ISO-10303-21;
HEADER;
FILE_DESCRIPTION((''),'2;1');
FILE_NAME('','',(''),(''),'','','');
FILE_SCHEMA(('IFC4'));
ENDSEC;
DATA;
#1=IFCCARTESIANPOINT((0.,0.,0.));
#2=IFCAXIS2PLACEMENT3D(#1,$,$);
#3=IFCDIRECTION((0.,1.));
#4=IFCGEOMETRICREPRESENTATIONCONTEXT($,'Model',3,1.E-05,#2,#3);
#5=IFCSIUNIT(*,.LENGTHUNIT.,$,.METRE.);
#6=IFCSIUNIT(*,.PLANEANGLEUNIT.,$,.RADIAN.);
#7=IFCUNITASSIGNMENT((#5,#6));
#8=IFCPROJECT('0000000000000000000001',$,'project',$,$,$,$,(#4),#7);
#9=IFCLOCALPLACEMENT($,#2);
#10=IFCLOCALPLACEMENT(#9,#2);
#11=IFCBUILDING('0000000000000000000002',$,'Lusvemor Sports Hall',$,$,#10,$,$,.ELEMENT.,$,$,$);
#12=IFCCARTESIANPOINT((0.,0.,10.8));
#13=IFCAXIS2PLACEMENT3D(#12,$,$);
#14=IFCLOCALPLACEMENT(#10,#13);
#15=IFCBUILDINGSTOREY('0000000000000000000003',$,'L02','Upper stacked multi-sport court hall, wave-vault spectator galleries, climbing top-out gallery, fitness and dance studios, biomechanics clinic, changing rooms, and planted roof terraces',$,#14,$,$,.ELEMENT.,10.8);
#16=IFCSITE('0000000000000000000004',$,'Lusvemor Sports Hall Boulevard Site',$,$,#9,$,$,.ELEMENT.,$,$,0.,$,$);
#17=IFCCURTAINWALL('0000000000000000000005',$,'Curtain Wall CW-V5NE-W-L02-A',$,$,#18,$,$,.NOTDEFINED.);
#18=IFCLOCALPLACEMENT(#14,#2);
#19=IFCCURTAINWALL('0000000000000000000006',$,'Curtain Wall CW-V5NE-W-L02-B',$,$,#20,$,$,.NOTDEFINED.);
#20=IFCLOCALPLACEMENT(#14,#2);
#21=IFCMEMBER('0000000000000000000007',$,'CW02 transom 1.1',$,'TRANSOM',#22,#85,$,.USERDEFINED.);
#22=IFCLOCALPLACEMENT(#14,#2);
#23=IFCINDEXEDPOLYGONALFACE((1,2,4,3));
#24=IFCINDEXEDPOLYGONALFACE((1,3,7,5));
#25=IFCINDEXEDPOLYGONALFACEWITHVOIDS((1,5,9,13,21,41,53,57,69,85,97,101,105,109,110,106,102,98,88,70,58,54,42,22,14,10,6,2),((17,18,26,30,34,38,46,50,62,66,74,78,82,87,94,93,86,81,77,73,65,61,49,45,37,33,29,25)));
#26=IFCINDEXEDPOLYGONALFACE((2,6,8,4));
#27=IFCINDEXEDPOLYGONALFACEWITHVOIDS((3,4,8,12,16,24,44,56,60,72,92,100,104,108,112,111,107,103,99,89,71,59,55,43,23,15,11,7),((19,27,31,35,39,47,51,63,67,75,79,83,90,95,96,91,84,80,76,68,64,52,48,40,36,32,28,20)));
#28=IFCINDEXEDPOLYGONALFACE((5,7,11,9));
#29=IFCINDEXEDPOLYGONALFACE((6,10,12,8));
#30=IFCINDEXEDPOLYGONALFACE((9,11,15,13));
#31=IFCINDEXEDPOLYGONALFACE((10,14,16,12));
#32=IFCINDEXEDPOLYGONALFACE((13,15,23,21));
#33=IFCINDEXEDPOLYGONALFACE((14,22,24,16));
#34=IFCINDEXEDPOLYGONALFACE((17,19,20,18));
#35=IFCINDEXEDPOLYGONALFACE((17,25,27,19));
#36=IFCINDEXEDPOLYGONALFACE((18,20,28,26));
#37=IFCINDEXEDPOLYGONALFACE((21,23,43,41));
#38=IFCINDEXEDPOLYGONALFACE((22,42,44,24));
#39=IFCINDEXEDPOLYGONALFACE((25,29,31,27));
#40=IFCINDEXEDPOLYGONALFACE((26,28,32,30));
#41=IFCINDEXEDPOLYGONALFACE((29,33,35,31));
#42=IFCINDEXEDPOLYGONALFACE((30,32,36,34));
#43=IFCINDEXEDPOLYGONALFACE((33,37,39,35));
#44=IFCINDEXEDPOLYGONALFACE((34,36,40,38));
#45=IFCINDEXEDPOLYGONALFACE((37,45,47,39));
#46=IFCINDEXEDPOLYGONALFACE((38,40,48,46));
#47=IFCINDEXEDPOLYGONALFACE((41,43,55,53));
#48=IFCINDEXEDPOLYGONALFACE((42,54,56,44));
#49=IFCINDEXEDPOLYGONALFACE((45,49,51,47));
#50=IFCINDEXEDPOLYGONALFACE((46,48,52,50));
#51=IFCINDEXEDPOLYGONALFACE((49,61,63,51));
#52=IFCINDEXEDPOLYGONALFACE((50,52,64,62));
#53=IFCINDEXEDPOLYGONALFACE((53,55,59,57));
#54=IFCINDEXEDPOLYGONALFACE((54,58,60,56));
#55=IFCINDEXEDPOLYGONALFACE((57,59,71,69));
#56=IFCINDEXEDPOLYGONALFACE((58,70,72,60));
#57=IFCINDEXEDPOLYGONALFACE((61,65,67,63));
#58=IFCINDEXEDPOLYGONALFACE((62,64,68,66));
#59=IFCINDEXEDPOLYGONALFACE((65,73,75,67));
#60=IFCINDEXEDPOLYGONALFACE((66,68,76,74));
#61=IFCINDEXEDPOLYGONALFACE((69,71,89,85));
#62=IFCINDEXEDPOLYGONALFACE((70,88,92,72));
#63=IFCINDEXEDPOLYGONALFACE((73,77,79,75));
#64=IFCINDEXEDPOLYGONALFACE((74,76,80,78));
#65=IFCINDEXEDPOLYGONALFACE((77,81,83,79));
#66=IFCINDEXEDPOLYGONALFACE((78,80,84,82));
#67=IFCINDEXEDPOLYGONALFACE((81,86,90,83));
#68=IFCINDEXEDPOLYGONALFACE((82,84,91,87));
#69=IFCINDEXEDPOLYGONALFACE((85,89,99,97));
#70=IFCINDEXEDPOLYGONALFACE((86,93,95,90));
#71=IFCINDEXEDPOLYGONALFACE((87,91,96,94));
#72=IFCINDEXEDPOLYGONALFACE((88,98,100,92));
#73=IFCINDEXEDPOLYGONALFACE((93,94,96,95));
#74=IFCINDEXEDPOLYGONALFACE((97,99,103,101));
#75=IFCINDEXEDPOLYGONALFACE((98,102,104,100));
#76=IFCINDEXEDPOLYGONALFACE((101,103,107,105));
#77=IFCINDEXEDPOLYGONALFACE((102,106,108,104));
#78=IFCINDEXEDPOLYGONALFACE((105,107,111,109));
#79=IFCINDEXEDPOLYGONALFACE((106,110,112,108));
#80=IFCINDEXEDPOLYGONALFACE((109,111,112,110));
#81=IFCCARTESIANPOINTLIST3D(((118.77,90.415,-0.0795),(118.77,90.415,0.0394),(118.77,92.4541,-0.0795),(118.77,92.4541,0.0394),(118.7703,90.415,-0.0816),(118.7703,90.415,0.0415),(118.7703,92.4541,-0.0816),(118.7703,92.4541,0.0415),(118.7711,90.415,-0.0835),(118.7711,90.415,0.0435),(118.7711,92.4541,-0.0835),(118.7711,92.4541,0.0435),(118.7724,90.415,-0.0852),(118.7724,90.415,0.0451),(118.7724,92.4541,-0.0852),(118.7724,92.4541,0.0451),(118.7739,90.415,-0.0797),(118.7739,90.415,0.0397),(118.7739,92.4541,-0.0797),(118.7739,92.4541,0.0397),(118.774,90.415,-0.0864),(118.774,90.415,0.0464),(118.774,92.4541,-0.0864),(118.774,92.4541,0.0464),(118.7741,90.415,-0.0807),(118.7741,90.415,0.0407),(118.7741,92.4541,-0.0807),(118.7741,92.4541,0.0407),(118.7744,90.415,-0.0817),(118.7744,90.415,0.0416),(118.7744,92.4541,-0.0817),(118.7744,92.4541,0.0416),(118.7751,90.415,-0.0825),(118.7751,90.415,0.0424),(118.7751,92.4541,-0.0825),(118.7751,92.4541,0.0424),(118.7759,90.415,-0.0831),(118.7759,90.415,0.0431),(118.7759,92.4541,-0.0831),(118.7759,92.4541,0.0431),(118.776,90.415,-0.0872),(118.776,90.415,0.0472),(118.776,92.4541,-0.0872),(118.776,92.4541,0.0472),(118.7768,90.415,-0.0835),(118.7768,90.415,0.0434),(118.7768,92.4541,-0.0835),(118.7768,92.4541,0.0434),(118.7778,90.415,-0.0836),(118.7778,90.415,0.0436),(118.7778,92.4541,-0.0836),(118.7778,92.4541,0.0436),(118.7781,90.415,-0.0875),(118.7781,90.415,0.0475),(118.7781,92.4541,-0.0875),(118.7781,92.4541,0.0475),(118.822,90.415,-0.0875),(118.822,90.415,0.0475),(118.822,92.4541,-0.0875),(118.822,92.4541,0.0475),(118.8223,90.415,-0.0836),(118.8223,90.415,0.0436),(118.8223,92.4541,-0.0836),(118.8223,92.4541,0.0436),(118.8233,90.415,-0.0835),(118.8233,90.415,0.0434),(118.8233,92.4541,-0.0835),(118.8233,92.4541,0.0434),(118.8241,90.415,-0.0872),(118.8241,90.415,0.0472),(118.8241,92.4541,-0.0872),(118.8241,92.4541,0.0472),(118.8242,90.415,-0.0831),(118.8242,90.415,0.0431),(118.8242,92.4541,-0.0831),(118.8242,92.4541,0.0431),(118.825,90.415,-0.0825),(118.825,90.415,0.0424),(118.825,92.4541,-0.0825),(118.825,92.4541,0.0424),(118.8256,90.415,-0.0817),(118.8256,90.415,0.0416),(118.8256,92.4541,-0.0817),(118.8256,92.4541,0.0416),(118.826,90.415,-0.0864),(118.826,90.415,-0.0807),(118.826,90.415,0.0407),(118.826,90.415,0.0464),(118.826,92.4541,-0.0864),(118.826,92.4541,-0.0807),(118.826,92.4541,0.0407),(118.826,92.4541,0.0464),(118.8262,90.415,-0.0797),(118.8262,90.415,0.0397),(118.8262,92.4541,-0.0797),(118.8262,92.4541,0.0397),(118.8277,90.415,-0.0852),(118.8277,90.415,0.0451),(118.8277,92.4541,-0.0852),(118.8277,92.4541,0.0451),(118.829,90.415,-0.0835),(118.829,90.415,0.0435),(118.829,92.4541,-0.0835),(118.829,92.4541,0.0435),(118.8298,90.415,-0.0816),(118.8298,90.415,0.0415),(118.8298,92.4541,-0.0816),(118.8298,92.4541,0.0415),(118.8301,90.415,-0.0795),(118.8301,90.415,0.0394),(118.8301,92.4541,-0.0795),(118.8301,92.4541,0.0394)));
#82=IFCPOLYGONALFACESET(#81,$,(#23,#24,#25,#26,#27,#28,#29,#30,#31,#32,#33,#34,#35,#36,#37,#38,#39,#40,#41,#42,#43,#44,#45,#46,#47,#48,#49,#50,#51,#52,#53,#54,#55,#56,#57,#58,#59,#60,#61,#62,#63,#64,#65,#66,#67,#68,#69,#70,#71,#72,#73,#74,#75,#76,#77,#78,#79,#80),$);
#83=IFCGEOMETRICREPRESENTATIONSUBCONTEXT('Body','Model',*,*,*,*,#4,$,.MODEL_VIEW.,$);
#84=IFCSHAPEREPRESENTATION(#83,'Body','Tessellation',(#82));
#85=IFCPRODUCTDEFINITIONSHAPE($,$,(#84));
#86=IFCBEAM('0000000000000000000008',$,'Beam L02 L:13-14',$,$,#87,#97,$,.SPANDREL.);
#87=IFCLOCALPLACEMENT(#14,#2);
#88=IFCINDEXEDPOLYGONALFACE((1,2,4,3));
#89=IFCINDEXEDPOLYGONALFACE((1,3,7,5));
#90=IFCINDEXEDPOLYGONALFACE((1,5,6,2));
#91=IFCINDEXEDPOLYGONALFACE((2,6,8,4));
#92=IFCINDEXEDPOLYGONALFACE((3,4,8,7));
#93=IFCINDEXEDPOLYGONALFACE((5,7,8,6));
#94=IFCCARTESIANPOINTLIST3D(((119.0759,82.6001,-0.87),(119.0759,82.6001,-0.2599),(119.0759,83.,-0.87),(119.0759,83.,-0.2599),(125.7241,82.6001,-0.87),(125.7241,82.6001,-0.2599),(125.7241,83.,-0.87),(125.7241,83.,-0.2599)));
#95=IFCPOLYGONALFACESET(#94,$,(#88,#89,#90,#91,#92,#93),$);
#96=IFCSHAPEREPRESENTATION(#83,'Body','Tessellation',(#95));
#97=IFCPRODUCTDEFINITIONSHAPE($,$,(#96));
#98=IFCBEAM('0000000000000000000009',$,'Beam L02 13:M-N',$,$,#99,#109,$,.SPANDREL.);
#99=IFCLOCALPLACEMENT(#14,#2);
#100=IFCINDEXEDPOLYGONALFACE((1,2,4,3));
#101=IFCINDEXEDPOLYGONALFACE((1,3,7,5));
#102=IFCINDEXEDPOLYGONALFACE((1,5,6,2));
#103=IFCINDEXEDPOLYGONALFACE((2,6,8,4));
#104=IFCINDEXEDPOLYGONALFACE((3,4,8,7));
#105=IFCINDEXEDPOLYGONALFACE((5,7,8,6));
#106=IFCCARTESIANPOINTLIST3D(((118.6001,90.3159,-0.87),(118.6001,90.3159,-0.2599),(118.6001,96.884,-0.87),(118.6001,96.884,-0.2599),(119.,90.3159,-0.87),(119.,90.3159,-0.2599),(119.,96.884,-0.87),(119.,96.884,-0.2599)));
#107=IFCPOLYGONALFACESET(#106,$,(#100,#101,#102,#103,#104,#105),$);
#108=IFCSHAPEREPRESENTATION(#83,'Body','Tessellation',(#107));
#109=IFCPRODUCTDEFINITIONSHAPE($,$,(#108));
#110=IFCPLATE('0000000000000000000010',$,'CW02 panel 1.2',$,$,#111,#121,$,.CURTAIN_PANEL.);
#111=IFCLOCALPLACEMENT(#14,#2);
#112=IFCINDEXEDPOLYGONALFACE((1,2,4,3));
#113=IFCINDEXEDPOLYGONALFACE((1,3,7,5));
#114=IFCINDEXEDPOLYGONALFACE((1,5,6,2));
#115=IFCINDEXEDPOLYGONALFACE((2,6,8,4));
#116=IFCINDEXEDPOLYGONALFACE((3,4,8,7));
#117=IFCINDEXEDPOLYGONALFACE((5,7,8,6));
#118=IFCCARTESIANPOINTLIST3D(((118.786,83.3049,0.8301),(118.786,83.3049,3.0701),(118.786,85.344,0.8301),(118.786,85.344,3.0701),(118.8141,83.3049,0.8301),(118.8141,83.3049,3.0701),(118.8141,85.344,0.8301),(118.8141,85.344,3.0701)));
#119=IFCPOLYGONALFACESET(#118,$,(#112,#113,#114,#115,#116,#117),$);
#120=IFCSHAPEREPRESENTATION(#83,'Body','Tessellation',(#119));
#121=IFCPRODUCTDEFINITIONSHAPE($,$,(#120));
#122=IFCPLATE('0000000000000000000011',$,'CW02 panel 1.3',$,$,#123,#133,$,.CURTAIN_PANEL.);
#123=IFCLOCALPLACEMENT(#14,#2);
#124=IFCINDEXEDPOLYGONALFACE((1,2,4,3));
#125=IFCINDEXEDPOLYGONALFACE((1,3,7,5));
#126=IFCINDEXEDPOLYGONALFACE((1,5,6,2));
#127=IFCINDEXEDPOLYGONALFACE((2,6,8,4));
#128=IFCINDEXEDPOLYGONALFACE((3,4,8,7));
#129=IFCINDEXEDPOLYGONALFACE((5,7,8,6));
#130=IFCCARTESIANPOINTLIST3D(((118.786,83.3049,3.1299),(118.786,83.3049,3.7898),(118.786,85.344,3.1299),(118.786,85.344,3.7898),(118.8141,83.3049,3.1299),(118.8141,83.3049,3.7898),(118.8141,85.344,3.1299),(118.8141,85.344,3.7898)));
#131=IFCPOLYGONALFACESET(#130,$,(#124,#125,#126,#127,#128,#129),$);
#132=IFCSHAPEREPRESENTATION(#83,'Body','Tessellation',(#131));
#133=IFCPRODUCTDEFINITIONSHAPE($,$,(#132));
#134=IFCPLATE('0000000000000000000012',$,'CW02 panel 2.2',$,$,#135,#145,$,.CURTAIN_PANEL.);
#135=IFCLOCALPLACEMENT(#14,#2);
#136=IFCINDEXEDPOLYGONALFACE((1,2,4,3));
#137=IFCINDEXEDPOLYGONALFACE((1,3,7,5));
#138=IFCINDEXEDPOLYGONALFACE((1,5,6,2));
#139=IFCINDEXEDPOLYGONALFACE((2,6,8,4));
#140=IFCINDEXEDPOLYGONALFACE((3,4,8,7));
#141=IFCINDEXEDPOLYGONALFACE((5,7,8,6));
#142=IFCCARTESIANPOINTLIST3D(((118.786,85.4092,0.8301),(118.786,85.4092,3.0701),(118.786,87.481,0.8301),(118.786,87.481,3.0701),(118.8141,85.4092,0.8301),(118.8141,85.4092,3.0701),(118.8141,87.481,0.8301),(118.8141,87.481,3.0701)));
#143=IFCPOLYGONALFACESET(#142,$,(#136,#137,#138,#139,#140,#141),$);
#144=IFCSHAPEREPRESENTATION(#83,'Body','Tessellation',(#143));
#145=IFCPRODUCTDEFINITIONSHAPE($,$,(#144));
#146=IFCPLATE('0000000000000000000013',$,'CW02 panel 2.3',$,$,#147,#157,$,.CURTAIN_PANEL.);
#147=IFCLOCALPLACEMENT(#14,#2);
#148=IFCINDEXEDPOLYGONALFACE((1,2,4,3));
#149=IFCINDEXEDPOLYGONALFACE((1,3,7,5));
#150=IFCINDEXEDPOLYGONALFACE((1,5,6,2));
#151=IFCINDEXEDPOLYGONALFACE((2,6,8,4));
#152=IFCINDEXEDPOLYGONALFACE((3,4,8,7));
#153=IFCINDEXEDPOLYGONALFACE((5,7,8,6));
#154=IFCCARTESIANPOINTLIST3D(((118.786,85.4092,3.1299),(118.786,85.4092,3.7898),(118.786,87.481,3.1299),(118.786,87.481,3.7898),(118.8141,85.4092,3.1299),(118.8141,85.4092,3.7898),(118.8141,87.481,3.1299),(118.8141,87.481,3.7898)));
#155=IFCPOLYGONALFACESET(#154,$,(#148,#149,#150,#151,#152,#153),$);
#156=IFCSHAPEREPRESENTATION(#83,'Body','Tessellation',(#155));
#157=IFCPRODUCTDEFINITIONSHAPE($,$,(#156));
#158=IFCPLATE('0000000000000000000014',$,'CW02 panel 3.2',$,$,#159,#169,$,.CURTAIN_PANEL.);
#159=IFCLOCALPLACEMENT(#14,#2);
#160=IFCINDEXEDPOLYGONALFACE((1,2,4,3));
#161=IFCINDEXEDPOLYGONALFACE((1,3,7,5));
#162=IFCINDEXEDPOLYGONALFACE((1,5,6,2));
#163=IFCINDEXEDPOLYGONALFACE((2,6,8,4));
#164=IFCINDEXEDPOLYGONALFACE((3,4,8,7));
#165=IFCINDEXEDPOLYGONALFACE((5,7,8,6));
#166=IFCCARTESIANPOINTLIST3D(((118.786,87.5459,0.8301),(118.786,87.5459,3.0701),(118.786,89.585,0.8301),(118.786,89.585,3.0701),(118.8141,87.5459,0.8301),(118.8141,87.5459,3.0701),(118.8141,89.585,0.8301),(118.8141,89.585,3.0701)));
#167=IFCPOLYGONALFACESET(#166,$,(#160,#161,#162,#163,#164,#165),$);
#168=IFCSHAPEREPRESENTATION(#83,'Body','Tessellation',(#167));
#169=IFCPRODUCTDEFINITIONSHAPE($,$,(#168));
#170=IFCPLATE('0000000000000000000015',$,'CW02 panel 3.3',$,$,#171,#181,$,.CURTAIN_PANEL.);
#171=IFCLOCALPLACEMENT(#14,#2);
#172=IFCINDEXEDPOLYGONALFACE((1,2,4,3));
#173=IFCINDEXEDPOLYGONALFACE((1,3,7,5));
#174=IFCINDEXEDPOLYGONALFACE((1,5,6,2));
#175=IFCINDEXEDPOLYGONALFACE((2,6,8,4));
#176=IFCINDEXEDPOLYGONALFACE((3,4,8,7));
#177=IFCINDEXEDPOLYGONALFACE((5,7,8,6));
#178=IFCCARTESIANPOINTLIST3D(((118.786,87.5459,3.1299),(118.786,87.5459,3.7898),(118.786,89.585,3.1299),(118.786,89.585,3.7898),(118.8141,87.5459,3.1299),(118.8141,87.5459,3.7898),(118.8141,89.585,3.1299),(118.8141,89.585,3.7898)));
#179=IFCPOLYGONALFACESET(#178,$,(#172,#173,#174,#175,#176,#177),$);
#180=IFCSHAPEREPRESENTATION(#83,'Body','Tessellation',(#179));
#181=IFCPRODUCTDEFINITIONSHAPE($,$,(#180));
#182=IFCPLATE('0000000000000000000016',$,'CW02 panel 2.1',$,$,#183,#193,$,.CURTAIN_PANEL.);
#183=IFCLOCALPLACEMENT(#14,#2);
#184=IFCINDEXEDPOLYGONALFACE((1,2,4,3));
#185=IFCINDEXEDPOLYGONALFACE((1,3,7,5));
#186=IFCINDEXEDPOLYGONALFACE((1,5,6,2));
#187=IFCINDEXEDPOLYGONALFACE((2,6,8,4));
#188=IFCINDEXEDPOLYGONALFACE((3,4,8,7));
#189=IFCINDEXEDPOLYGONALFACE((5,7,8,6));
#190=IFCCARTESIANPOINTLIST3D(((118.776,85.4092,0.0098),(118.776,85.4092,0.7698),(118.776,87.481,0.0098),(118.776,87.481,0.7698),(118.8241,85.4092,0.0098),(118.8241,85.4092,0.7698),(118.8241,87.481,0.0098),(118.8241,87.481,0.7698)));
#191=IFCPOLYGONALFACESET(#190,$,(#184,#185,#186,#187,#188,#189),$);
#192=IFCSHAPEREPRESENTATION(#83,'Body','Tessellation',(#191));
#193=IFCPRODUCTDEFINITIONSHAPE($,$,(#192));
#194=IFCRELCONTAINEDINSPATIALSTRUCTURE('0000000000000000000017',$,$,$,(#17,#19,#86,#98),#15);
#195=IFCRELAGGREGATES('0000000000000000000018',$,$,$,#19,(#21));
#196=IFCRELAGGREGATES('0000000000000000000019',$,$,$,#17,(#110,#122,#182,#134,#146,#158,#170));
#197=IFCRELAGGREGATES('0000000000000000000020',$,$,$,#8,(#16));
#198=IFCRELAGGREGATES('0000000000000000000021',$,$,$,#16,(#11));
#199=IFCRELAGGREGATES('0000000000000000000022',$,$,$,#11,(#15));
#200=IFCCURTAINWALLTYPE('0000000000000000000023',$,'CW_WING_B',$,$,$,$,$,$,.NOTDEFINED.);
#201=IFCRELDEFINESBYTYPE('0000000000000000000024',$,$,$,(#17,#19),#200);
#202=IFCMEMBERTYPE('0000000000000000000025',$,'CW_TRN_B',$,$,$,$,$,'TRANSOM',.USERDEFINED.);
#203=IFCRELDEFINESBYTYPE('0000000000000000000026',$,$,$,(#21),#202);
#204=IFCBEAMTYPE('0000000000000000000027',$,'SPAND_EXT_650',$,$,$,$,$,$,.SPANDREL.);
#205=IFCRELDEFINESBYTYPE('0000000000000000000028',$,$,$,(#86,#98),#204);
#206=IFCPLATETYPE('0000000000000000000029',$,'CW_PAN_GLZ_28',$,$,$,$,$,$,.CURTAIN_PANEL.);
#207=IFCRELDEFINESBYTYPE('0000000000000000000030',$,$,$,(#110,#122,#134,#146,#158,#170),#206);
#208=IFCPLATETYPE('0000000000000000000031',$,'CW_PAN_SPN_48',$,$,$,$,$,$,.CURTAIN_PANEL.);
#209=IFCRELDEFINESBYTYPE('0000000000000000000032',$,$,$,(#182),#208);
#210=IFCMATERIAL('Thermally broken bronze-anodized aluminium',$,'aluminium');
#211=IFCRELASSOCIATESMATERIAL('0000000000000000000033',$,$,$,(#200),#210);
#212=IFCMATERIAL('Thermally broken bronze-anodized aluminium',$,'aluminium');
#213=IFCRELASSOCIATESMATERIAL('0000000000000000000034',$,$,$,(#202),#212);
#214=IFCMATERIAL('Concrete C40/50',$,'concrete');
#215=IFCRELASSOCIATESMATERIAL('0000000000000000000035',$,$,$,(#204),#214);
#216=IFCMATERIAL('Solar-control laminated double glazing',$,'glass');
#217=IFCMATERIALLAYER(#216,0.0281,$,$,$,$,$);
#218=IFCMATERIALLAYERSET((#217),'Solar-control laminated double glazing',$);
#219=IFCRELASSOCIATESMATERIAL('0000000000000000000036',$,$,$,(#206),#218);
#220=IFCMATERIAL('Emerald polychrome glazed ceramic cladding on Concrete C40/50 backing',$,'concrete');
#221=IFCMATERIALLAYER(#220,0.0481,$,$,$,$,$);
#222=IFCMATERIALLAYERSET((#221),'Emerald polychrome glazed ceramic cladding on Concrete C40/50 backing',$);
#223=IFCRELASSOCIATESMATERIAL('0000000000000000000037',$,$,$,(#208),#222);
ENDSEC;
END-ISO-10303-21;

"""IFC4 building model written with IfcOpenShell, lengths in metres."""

from ifc_helpers import new_model, si_unit, direction, frame, origin, origin_2d, place, context, subcontext, project, spatial, rectangle, hollow_rectangle, extrude, material, layer, layer_set, material_profile, profile_set, type_object, element, aggregate, save


model = new_model("IFC4")

# Units and contexts
model_context = context("Model", 3, precision=1e-05, world=origin(), true_north=direction((0.0, 1.0)))
body_context = subcontext(model_context, "Body", "Model", "MODEL_VIEW")
ifc_project = project(units=[si_unit("LENGTHUNIT", "METRE"), si_unit("PLANEANGLEUNIT", "RADIAN")], contexts=[model_context])

# Site, building, storey
site_placement = place(None, origin())
site = spatial("IfcSite", under=ifc_project, at=site_placement, Name="Lusvemor Sports Hall Boulevard Site", CompositionType="ELEMENT", RefElevation=0.0)
building_placement = place(site_placement, origin())
building = spatial("IfcBuilding", under=site, at=building_placement, Name="Lusvemor Sports Hall", CompositionType="ELEMENT")
storey_placement = place(building_placement, frame((0.0, 0.0, 10.8)))
storey = spatial("IfcBuildingStorey", under=building, at=storey_placement, Name="L02", Description="Upper stacked multi-sport court hall, wave-vault spectator galleries, climbing top-out gallery, fitness and dance studios, biomechanics clinic, changing rooms, and planted roof terraces", CompositionType="ELEMENT", Elevation=10.8)

# Curtain wall
ifc_material_1 = material(Name="Thermally broken bronze-anodized aluminium", Category="aluminium")
curtain_wall_type = type_object("IfcCurtainWallType", Name="CW_WING_B", PredefinedType="NOTDEFINED", material=ifc_material_1)
curtain_wall_1_placement = place(storey_placement, origin())
curtain_wall_1 = element("IfcCurtainWall", 1, at=curtain_wall_1_placement, inside=storey, type_object=curtain_wall_type, Name="Curtain Wall CW-V5NE-W-L02-A", PredefinedType="NOTDEFINED")

# Curtain wall
curtain_wall_2_placement = place(storey_placement, origin())
curtain_wall_2 = element("IfcCurtainWall", 2, at=curtain_wall_2_placement, inside=storey, type_object=curtain_wall_type, Name="Curtain Wall CW-V5NE-W-L02-B", PredefinedType="NOTDEFINED")

# Member
ifc_material_2 = material(Name="Thermally broken bronze-anodized aluminium", Category="aluminium")
ifc_material_profile_1 = material_profile(ifc_material_2, hollow_rectangle(XDim=0.0601, YDim=0.135, WallThickness=0.0039, InnerFilletRadius=0.0039, OuterFilletRadius=0.0081, at=origin_2d()), Name="CWTRN135x60x4")
ifc_profile_set_1 = profile_set([ifc_material_profile_1], Name="Thermally broken bronze-anodized aluminium")
member_type_1 = type_object("IfcMemberType", Name="CW_TRN_B", ElementType="TRANSOM", PredefinedType="USERDEFINED", material=ifc_profile_set_1)
member_1_placement = place(storey_placement, frame((118.8, 90.415, -0.02), z_axis=(0.0, 1.0, 0.0), x_axis=(-1.0, 0.0, 0.0)))
member_1 = element("IfcMember", 3, at=member_1_placement, type_object=member_type_1, Name="CW02 transom 1.1", ObjectType="TRANSOM", PredefinedType="USERDEFINED", context=body_context, shape_type="SweptSolid", body=[
    extrude(hollow_rectangle(XDim=0.0601, YDim=0.135, WallThickness=0.0039, InnerFilletRadius=0.0039, OuterFilletRadius=0.0081, at=origin_2d()), origin(), (0.0, 0.0, 1.0), 2.0391),
])
aggregate(curtain_wall_2, [member_1])

# Beams
ifc_material_3 = material(Name="Concrete C40/50", Category="concrete")
ifc_material_profile_2 = material_profile(ifc_material_3, rectangle(XDim=0.3999, YDim=0.6101, at=origin_2d()), Name="RC400x610")
ifc_profile_set_2 = profile_set([ifc_material_profile_2], Name="Concrete C40/50")
beam_type = type_object("IfcBeamType", Name="SPAND_EXT_650", PredefinedType="SPANDREL", material=ifc_profile_set_2)
beam_1_placement = place(storey_placement, frame((119.0759, 82.8, -0.5649), z_axis=(1.0, 0.0, 0.0), x_axis=(0.0, 1.0, 0.0)))
element("IfcBeam", 4, at=beam_1_placement, inside=storey, type_object=beam_type, Name="Beam L02 L:13-14", PredefinedType="SPANDREL", context=body_context, shape_type="SweptSolid", body=[
    extrude(rectangle(XDim=0.3999, YDim=0.6101, at=origin_2d()), origin(), (0.0, 0.0, 1.0), 6.6482),
])
beam_2_placement = place(storey_placement, frame((118.8, 90.3159, -0.5649), z_axis=(0.0, 1.0, 0.0), x_axis=(-1.0, 0.0, 0.0)))
element("IfcBeam", 5, at=beam_2_placement, inside=storey, type_object=beam_type, Name="Beam L02 13:M-N", PredefinedType="SPANDREL", context=body_context, shape_type="SweptSolid", body=[
    extrude(rectangle(XDim=0.3999, YDim=0.6101, at=origin_2d()), origin(), (0.0, 0.0, 1.0), 6.5681),
])

# Plates
ifc_material_4 = material(Name="Solar-control laminated double glazing", Category="glass")
ifc_layer_1 = layer(ifc_material_4, 0.0281)
ifc_layer_set_1 = layer_set([ifc_layer_1], Name="Solar-control laminated double glazing")
plate_type_1 = type_object("IfcPlateType", Name="CW_PAN_GLZ_28", PredefinedType="CURTAIN_PANEL", material=ifc_layer_set_1)
plate_1_placement = place(storey_placement, frame((118.8, 84.3245, 0.8301), z_axis=(0.0, 0.0, 1.0), x_axis=(0.0, 1.0, 0.0)))
plate_1 = element("IfcPlate", 6, at=plate_1_placement, type_object=plate_type_1, Name="CW02 panel 1.2", PredefinedType="CURTAIN_PANEL", context=body_context, shape_type="SweptSolid", body=[
    extrude(rectangle(XDim=2.0391, YDim=0.0281, at=origin_2d()), origin(), (0.0, 0.0, 1.0), 2.24),
])
plate_2_placement = place(storey_placement, frame((118.8, 84.3245, 3.1299), z_axis=(0.0, 0.0, 1.0), x_axis=(0.0, 1.0, 0.0)))
plate_2 = element("IfcPlate", 7, at=plate_2_placement, type_object=plate_type_1, Name="CW02 panel 1.3", PredefinedType="CURTAIN_PANEL", context=body_context, shape_type="SweptSolid", body=[
    extrude(rectangle(XDim=2.0391, YDim=0.0281, at=origin_2d()), origin(), (0.0, 0.0, 1.0), 0.6599),
])
plate_3_placement = place(storey_placement, frame((118.8, 86.4451, 0.8301), z_axis=(0.0, 0.0, 1.0), x_axis=(0.0, 1.0, 0.0)))
plate_3 = element("IfcPlate", 8, at=plate_3_placement, type_object=plate_type_1, Name="CW02 panel 2.2", PredefinedType="CURTAIN_PANEL", context=body_context, shape_type="SweptSolid", body=[
    extrude(rectangle(XDim=2.0718, YDim=0.0281, at=origin_2d()), origin(), (0.0, 0.0, 1.0), 2.24),
])
plate_4_placement = place(storey_placement, frame((118.8, 86.4451, 3.1299), z_axis=(0.0, 0.0, 1.0), x_axis=(0.0, 1.0, 0.0)))
plate_4 = element("IfcPlate", 9, at=plate_4_placement, type_object=plate_type_1, Name="CW02 panel 2.3", PredefinedType="CURTAIN_PANEL", context=body_context, shape_type="SweptSolid", body=[
    extrude(rectangle(XDim=2.0718, YDim=0.0281, at=origin_2d()), origin(), (0.0, 0.0, 1.0), 0.6599),
])
plate_5_placement = place(storey_placement, frame((118.8, 88.5654, 0.8301), z_axis=(0.0, 0.0, 1.0), x_axis=(0.0, 1.0, 0.0)))
plate_5 = element("IfcPlate", 10, at=plate_5_placement, type_object=plate_type_1, Name="CW02 panel 3.2", PredefinedType="CURTAIN_PANEL", context=body_context, shape_type="SweptSolid", body=[
    extrude(rectangle(XDim=2.0391, YDim=0.0281, at=origin_2d()), origin(), (0.0, 0.0, 1.0), 2.24),
])
plate_6_placement = place(storey_placement, frame((118.8, 88.5654, 3.1299), z_axis=(0.0, 0.0, 1.0), x_axis=(0.0, 1.0, 0.0)))
plate_6 = element("IfcPlate", 11, at=plate_6_placement, type_object=plate_type_1, Name="CW02 panel 3.3", PredefinedType="CURTAIN_PANEL", context=body_context, shape_type="SweptSolid", body=[
    extrude(rectangle(XDim=2.0391, YDim=0.0281, at=origin_2d()), origin(), (0.0, 0.0, 1.0), 0.6599),
])
ifc_material_5 = material(Name="Emerald polychrome glazed ceramic cladding on Concrete C40/50 backing", Category="concrete")
ifc_layer_2 = layer(ifc_material_5, 0.0481)
ifc_layer_set_2 = layer_set([ifc_layer_2], Name="Emerald polychrome glazed ceramic cladding on Concrete C40/50 backing")
plate_type_2 = type_object("IfcPlateType", Name="CW_PAN_SPN_48", PredefinedType="CURTAIN_PANEL", material=ifc_layer_set_2)
plate_7_placement = place(storey_placement, frame((118.8, 86.4451, 0.0098), z_axis=(0.0, 0.0, 1.0), x_axis=(0.0, 1.0, 0.0)))
plate_7 = element("IfcPlate", 12, at=plate_7_placement, type_object=plate_type_2, Name="CW02 panel 2.1", PredefinedType="CURTAIN_PANEL", context=body_context, shape_type="SweptSolid", body=[
    extrude(rectangle(XDim=2.0718, YDim=0.0481, at=origin_2d()), origin(), (0.0, 0.0, 1.0), 0.76),
])
aggregate(curtain_wall_1, [plate_1, plate_2, plate_7, plate_3, plate_4, plate_5, plate_6])

save(model, "model.ifc")
